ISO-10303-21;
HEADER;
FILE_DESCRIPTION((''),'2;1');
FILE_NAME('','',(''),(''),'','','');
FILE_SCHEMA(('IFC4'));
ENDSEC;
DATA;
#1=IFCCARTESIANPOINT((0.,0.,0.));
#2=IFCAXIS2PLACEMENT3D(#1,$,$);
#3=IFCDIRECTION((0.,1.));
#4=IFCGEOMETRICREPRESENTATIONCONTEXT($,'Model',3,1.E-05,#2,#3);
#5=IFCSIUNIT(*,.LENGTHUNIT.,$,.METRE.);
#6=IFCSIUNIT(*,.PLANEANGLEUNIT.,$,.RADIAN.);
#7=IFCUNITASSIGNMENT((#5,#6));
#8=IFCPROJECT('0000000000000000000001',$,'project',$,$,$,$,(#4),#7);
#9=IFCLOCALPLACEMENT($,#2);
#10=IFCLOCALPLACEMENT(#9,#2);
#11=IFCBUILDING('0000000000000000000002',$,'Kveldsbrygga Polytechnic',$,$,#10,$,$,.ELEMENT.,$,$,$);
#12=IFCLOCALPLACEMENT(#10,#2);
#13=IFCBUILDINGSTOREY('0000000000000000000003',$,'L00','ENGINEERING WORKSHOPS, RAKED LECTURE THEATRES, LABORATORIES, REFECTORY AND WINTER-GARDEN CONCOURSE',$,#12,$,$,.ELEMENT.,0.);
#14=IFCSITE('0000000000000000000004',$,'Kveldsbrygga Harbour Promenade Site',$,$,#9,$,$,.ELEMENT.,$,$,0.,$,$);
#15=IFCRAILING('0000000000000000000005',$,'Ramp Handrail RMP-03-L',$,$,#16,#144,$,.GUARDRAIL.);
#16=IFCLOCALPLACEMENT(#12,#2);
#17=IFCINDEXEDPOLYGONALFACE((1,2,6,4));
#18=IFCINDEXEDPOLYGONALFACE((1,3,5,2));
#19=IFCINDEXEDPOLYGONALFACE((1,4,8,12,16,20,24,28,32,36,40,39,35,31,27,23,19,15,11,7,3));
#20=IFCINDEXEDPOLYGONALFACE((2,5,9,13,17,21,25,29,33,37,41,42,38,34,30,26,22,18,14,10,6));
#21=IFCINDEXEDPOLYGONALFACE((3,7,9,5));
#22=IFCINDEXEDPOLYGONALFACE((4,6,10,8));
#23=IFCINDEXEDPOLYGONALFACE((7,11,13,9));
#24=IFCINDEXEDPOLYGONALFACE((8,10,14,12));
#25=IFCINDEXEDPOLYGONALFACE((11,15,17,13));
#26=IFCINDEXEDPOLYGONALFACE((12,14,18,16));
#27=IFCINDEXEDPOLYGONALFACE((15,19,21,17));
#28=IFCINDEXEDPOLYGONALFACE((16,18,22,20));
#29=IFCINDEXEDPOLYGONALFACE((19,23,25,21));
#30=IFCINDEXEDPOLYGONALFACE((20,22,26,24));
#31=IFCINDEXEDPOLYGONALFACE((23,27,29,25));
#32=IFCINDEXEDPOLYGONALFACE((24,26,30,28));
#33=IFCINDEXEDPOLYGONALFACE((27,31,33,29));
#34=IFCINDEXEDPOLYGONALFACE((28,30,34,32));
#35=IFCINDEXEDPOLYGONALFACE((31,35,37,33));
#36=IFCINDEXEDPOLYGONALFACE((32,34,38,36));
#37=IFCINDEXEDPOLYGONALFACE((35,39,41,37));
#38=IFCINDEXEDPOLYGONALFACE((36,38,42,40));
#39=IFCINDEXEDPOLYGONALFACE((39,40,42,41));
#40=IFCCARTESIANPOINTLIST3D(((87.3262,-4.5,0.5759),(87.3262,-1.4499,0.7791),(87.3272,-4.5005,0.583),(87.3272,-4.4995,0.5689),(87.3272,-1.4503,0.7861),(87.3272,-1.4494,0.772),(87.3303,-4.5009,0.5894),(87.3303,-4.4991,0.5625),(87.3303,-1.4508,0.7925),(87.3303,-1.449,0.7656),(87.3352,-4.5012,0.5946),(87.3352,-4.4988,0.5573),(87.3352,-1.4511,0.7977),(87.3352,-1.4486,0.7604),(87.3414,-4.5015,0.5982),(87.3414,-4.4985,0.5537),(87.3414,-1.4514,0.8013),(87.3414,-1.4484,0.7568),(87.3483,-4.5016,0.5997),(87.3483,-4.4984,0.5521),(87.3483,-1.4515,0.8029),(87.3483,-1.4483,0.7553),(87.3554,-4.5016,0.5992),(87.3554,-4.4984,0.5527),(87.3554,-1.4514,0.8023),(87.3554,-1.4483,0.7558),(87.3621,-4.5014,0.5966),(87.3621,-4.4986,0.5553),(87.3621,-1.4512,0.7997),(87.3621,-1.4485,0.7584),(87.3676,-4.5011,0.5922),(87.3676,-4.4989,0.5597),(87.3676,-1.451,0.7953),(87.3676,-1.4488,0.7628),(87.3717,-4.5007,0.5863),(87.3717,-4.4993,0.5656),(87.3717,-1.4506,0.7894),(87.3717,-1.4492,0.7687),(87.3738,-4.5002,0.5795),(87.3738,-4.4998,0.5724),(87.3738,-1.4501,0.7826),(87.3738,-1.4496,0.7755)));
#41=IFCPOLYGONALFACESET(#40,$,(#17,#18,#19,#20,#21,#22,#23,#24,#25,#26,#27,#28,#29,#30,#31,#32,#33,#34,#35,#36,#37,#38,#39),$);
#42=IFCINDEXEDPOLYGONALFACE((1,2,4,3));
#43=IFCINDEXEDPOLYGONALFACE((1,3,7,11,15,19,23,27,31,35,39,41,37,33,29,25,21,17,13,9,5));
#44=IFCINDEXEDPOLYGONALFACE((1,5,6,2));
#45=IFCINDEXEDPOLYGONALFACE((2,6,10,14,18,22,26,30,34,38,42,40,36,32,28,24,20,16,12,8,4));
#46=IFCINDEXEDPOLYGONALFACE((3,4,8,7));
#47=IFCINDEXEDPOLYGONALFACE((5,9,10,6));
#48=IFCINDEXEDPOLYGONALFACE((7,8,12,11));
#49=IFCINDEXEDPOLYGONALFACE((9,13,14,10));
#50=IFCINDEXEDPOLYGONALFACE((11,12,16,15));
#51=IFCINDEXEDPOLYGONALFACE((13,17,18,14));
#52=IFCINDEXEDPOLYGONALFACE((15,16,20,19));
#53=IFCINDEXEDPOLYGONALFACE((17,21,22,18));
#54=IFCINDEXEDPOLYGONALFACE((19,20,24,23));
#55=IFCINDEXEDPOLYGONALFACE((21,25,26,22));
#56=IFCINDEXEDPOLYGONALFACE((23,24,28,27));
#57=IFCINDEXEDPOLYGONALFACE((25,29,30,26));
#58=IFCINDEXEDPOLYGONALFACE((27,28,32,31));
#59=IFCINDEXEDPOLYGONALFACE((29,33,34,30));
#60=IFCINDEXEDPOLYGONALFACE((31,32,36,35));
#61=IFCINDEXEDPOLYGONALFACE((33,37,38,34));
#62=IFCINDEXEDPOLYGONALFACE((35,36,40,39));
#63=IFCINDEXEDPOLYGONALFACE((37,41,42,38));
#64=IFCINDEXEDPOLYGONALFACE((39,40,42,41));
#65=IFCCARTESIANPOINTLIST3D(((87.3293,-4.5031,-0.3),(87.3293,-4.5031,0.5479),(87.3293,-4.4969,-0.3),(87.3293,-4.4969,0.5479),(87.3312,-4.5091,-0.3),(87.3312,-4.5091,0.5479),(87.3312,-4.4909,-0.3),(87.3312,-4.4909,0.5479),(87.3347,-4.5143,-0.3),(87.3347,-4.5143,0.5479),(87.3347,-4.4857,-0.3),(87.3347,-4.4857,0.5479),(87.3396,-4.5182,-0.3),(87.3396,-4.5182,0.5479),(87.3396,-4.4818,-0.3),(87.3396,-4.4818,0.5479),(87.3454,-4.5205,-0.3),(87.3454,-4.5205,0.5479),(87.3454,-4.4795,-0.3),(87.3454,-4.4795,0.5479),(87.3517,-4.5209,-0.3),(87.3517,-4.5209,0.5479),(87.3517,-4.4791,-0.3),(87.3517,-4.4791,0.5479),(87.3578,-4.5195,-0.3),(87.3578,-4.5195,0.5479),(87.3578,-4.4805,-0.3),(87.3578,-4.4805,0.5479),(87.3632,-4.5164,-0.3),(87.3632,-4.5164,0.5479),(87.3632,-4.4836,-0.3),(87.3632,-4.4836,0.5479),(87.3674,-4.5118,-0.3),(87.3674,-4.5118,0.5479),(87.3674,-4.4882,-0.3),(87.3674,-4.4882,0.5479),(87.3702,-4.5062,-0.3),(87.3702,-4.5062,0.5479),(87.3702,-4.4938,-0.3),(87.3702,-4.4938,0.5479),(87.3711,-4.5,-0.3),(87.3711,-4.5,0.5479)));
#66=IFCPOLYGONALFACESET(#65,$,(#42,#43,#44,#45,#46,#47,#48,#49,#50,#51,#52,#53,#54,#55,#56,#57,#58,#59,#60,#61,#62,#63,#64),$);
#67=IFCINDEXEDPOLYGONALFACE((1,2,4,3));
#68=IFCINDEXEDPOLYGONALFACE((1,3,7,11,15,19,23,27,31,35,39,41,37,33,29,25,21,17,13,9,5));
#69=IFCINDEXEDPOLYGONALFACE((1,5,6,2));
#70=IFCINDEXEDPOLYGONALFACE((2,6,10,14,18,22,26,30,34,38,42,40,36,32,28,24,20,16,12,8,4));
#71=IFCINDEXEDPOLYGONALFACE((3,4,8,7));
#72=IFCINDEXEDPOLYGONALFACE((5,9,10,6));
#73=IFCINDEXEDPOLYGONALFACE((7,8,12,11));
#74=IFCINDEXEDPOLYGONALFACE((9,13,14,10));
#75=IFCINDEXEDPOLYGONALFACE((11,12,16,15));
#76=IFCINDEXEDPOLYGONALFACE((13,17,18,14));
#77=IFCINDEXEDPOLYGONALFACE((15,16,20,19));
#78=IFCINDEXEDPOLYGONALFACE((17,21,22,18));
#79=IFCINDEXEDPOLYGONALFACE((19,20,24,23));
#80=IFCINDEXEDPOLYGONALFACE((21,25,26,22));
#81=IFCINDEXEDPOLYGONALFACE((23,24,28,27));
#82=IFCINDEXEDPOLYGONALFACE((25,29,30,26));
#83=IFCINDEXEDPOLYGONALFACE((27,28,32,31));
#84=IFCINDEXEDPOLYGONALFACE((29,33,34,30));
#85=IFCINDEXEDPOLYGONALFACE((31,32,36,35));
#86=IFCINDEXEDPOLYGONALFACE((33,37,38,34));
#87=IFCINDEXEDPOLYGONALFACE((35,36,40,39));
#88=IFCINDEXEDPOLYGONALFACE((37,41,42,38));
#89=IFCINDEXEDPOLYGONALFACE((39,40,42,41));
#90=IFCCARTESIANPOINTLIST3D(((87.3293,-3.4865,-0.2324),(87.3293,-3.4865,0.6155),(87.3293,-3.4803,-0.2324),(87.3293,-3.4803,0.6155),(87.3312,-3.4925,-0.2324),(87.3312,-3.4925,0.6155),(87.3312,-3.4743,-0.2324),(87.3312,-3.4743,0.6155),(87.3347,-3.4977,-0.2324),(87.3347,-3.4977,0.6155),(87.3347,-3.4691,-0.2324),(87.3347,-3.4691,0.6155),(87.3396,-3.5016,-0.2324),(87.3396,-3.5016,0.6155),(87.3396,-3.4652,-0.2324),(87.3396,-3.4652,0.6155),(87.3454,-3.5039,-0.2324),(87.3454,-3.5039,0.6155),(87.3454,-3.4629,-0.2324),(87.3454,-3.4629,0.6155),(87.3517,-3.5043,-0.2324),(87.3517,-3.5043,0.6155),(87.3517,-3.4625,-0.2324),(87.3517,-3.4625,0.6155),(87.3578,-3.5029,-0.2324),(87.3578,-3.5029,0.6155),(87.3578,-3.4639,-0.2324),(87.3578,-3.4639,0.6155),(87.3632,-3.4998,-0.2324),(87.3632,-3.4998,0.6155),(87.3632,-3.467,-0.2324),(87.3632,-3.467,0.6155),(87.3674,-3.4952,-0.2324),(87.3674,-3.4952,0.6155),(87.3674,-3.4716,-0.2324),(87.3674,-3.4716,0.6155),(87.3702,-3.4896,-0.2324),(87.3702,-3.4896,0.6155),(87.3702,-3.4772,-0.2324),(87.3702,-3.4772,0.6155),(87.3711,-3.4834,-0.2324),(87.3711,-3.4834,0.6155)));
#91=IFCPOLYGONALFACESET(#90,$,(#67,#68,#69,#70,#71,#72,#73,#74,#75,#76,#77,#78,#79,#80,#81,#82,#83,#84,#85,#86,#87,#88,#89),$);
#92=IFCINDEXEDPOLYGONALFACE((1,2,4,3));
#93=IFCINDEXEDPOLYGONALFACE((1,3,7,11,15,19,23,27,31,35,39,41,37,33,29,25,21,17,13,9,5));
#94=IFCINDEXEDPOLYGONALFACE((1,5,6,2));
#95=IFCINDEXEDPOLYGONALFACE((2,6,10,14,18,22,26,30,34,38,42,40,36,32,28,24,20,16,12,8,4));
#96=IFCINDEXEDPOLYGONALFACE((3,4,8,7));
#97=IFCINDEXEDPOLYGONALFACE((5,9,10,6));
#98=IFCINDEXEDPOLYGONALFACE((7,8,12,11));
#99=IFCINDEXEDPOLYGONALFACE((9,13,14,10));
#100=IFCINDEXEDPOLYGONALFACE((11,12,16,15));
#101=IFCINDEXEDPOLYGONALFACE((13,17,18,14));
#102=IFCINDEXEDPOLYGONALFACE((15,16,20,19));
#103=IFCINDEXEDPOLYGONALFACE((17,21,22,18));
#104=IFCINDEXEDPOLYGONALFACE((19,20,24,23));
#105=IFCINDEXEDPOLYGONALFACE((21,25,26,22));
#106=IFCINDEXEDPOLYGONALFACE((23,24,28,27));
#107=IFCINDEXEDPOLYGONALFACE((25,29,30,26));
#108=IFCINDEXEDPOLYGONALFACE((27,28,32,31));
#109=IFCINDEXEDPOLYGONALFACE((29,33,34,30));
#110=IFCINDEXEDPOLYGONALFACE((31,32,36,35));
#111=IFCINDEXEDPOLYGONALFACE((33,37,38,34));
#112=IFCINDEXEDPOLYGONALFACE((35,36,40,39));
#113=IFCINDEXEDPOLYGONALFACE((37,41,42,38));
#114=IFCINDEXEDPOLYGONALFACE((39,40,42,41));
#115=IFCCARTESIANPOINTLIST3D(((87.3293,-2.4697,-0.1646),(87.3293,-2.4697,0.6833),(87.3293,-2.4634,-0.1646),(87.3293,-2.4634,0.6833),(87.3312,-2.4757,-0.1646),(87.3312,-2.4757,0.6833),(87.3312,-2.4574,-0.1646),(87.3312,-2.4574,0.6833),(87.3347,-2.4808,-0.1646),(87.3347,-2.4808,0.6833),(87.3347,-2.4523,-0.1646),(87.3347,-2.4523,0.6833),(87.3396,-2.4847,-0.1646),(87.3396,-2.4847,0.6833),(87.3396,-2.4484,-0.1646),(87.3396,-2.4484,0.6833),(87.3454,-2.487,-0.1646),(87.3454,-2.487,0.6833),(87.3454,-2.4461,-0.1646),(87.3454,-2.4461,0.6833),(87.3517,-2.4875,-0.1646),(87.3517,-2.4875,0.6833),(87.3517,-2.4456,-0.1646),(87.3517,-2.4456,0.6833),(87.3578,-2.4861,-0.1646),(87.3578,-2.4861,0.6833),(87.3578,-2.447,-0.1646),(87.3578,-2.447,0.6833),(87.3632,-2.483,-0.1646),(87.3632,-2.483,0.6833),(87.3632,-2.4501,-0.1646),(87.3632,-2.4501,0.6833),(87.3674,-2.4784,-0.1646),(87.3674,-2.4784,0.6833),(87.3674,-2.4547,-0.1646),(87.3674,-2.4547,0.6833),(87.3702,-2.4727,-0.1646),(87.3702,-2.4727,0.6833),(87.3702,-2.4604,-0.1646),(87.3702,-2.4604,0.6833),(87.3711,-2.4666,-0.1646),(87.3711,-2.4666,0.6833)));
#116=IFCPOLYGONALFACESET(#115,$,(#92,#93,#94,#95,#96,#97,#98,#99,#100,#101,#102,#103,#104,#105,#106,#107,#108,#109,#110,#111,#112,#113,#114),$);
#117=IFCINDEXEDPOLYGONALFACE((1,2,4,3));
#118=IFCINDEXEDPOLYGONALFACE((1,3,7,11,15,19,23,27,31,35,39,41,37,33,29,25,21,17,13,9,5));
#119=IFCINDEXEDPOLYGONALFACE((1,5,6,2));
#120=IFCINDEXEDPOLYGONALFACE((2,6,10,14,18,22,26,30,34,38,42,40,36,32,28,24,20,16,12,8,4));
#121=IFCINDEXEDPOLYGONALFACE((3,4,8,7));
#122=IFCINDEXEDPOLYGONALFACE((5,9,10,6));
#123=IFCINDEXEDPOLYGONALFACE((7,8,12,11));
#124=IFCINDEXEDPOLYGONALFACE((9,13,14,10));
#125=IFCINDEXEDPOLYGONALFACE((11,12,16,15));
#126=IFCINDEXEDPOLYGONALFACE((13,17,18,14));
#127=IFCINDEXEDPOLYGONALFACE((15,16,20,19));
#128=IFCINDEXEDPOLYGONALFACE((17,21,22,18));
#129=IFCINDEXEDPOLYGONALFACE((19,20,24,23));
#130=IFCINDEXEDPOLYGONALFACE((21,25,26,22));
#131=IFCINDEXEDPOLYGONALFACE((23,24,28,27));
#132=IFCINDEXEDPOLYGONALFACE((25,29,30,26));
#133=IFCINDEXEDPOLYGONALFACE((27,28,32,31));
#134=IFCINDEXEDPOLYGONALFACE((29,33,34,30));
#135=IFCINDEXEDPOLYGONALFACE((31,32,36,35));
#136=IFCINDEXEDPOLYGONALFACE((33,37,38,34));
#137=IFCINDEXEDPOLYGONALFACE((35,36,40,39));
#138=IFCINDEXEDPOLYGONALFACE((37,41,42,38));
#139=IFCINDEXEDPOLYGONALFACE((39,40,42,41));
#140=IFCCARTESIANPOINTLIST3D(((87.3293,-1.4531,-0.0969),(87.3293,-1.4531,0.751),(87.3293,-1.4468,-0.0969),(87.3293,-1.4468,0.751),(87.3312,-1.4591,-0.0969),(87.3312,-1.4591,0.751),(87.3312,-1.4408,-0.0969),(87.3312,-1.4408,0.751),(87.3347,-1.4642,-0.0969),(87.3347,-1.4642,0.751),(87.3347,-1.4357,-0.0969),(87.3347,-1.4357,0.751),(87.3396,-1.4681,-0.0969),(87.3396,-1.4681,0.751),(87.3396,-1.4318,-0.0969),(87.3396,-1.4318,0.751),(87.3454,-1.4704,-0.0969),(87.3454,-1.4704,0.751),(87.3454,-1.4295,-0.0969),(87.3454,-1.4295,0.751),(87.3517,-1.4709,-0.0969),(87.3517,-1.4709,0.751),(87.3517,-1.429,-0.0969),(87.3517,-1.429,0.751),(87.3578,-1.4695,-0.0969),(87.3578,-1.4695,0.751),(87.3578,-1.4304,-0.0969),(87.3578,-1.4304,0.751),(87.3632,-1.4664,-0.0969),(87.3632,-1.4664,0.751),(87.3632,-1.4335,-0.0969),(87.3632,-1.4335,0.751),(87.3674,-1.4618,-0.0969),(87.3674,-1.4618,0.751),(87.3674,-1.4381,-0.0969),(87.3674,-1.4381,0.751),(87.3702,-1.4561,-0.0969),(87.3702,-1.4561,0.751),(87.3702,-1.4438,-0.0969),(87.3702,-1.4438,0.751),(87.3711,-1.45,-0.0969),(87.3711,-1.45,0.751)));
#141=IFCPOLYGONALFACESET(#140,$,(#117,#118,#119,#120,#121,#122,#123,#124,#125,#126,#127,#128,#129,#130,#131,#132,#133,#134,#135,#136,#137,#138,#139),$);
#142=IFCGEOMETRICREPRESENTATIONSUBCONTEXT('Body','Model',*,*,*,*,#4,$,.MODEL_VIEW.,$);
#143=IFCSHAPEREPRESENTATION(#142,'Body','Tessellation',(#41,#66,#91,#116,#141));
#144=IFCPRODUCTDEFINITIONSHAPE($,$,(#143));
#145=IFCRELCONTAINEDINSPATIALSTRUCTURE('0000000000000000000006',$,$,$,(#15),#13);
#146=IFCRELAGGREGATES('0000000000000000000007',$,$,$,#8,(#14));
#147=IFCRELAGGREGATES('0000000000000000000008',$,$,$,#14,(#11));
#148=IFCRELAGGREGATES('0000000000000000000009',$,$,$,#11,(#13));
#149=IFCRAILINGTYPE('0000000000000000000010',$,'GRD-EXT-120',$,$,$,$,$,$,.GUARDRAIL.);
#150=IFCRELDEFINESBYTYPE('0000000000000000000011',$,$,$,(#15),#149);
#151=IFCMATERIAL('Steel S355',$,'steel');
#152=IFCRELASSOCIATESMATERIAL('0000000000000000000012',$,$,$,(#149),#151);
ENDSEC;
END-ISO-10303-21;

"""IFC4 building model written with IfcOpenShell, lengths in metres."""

from ifc_helpers import new_model, si_unit, direction, frame, origin, origin_2d, place, context, subcontext, project, spatial, circle, extrude, material, type_object, element, save


model = new_model("IFC4")

# Units and contexts
model_context = context("Model", 3, precision=1e-05, world=origin(), true_north=direction((0.0, 1.0)))
body_context = subcontext(model_context, "Body", "Model", "MODEL_VIEW")
ifc_project = project(units=[si_unit("LENGTHUNIT", "METRE"), si_unit("PLANEANGLEUNIT", "RADIAN")], contexts=[model_context])

# Site, building, storey
site_placement = place(None, origin())
site = spatial("IfcSite", under=ifc_project, at=site_placement, Name="Kveldsbrygga Harbour Promenade Site", CompositionType="ELEMENT", RefElevation=0.0)
building_placement = place(site_placement, origin())
building = spatial("IfcBuilding", under=site, at=building_placement, Name="Kveldsbrygga Polytechnic", CompositionType="ELEMENT")
storey_placement = place(building_placement, origin())
storey = spatial("IfcBuildingStorey", under=building, at=storey_placement, Name="L00", Description="ENGINEERING WORKSHOPS, RAKED LECTURE THEATRES, LABORATORIES, REFECTORY AND WINTER-GARDEN CONCOURSE", CompositionType="ELEMENT", Elevation=0.0)

# Shared definitions
ifc_material_1 = material(Name="Steel S355", Category="steel")

# Railing
railing_type = type_object("IfcRailingType", Name="GRD-EXT-120", PredefinedType="GUARDRAIL", material=ifc_material_1)
for number, where, name in (
    (1, (87.3501, -4.5, -0.3), "Ramp Handrail RMP-03-L"),
):
    element("IfcRailing", number, at=place(storey_placement, frame(where)), inside=storey, type_object=railing_type, Name=name, PredefinedType="GUARDRAIL", context=body_context, shape_type="SweptSolid", body=[
        extrude(circle(Radius=0.0239, at=origin_2d()), frame((0.0, 0.0, 0.876), z_axis=(0.0, 0.99779, 0.06645), x_axis=(-1.0, 0.0, 0.0)), (0.0, 0.0, 1.0), 3.0569),
        extrude(circle(Radius=0.021, at=origin_2d()), origin(), (0.0, 0.0, 1.0), 0.8479),
        extrude(circle(Radius=0.021, at=origin_2d()), frame((0.0, 1.0166, 0.0676)), (0.0, 0.0, 1.0), 0.8479),
        extrude(circle(Radius=0.021, at=origin_2d()), frame((0.0, 2.0334, 0.1355)), (0.0, 0.0, 1.0), 0.8479),
        extrude(circle(Radius=0.021, at=origin_2d()), frame((0.0, 3.05, 0.2031)), (0.0, 0.0, 1.0), 0.8479),
    ])

save(model, "model.ifc")
